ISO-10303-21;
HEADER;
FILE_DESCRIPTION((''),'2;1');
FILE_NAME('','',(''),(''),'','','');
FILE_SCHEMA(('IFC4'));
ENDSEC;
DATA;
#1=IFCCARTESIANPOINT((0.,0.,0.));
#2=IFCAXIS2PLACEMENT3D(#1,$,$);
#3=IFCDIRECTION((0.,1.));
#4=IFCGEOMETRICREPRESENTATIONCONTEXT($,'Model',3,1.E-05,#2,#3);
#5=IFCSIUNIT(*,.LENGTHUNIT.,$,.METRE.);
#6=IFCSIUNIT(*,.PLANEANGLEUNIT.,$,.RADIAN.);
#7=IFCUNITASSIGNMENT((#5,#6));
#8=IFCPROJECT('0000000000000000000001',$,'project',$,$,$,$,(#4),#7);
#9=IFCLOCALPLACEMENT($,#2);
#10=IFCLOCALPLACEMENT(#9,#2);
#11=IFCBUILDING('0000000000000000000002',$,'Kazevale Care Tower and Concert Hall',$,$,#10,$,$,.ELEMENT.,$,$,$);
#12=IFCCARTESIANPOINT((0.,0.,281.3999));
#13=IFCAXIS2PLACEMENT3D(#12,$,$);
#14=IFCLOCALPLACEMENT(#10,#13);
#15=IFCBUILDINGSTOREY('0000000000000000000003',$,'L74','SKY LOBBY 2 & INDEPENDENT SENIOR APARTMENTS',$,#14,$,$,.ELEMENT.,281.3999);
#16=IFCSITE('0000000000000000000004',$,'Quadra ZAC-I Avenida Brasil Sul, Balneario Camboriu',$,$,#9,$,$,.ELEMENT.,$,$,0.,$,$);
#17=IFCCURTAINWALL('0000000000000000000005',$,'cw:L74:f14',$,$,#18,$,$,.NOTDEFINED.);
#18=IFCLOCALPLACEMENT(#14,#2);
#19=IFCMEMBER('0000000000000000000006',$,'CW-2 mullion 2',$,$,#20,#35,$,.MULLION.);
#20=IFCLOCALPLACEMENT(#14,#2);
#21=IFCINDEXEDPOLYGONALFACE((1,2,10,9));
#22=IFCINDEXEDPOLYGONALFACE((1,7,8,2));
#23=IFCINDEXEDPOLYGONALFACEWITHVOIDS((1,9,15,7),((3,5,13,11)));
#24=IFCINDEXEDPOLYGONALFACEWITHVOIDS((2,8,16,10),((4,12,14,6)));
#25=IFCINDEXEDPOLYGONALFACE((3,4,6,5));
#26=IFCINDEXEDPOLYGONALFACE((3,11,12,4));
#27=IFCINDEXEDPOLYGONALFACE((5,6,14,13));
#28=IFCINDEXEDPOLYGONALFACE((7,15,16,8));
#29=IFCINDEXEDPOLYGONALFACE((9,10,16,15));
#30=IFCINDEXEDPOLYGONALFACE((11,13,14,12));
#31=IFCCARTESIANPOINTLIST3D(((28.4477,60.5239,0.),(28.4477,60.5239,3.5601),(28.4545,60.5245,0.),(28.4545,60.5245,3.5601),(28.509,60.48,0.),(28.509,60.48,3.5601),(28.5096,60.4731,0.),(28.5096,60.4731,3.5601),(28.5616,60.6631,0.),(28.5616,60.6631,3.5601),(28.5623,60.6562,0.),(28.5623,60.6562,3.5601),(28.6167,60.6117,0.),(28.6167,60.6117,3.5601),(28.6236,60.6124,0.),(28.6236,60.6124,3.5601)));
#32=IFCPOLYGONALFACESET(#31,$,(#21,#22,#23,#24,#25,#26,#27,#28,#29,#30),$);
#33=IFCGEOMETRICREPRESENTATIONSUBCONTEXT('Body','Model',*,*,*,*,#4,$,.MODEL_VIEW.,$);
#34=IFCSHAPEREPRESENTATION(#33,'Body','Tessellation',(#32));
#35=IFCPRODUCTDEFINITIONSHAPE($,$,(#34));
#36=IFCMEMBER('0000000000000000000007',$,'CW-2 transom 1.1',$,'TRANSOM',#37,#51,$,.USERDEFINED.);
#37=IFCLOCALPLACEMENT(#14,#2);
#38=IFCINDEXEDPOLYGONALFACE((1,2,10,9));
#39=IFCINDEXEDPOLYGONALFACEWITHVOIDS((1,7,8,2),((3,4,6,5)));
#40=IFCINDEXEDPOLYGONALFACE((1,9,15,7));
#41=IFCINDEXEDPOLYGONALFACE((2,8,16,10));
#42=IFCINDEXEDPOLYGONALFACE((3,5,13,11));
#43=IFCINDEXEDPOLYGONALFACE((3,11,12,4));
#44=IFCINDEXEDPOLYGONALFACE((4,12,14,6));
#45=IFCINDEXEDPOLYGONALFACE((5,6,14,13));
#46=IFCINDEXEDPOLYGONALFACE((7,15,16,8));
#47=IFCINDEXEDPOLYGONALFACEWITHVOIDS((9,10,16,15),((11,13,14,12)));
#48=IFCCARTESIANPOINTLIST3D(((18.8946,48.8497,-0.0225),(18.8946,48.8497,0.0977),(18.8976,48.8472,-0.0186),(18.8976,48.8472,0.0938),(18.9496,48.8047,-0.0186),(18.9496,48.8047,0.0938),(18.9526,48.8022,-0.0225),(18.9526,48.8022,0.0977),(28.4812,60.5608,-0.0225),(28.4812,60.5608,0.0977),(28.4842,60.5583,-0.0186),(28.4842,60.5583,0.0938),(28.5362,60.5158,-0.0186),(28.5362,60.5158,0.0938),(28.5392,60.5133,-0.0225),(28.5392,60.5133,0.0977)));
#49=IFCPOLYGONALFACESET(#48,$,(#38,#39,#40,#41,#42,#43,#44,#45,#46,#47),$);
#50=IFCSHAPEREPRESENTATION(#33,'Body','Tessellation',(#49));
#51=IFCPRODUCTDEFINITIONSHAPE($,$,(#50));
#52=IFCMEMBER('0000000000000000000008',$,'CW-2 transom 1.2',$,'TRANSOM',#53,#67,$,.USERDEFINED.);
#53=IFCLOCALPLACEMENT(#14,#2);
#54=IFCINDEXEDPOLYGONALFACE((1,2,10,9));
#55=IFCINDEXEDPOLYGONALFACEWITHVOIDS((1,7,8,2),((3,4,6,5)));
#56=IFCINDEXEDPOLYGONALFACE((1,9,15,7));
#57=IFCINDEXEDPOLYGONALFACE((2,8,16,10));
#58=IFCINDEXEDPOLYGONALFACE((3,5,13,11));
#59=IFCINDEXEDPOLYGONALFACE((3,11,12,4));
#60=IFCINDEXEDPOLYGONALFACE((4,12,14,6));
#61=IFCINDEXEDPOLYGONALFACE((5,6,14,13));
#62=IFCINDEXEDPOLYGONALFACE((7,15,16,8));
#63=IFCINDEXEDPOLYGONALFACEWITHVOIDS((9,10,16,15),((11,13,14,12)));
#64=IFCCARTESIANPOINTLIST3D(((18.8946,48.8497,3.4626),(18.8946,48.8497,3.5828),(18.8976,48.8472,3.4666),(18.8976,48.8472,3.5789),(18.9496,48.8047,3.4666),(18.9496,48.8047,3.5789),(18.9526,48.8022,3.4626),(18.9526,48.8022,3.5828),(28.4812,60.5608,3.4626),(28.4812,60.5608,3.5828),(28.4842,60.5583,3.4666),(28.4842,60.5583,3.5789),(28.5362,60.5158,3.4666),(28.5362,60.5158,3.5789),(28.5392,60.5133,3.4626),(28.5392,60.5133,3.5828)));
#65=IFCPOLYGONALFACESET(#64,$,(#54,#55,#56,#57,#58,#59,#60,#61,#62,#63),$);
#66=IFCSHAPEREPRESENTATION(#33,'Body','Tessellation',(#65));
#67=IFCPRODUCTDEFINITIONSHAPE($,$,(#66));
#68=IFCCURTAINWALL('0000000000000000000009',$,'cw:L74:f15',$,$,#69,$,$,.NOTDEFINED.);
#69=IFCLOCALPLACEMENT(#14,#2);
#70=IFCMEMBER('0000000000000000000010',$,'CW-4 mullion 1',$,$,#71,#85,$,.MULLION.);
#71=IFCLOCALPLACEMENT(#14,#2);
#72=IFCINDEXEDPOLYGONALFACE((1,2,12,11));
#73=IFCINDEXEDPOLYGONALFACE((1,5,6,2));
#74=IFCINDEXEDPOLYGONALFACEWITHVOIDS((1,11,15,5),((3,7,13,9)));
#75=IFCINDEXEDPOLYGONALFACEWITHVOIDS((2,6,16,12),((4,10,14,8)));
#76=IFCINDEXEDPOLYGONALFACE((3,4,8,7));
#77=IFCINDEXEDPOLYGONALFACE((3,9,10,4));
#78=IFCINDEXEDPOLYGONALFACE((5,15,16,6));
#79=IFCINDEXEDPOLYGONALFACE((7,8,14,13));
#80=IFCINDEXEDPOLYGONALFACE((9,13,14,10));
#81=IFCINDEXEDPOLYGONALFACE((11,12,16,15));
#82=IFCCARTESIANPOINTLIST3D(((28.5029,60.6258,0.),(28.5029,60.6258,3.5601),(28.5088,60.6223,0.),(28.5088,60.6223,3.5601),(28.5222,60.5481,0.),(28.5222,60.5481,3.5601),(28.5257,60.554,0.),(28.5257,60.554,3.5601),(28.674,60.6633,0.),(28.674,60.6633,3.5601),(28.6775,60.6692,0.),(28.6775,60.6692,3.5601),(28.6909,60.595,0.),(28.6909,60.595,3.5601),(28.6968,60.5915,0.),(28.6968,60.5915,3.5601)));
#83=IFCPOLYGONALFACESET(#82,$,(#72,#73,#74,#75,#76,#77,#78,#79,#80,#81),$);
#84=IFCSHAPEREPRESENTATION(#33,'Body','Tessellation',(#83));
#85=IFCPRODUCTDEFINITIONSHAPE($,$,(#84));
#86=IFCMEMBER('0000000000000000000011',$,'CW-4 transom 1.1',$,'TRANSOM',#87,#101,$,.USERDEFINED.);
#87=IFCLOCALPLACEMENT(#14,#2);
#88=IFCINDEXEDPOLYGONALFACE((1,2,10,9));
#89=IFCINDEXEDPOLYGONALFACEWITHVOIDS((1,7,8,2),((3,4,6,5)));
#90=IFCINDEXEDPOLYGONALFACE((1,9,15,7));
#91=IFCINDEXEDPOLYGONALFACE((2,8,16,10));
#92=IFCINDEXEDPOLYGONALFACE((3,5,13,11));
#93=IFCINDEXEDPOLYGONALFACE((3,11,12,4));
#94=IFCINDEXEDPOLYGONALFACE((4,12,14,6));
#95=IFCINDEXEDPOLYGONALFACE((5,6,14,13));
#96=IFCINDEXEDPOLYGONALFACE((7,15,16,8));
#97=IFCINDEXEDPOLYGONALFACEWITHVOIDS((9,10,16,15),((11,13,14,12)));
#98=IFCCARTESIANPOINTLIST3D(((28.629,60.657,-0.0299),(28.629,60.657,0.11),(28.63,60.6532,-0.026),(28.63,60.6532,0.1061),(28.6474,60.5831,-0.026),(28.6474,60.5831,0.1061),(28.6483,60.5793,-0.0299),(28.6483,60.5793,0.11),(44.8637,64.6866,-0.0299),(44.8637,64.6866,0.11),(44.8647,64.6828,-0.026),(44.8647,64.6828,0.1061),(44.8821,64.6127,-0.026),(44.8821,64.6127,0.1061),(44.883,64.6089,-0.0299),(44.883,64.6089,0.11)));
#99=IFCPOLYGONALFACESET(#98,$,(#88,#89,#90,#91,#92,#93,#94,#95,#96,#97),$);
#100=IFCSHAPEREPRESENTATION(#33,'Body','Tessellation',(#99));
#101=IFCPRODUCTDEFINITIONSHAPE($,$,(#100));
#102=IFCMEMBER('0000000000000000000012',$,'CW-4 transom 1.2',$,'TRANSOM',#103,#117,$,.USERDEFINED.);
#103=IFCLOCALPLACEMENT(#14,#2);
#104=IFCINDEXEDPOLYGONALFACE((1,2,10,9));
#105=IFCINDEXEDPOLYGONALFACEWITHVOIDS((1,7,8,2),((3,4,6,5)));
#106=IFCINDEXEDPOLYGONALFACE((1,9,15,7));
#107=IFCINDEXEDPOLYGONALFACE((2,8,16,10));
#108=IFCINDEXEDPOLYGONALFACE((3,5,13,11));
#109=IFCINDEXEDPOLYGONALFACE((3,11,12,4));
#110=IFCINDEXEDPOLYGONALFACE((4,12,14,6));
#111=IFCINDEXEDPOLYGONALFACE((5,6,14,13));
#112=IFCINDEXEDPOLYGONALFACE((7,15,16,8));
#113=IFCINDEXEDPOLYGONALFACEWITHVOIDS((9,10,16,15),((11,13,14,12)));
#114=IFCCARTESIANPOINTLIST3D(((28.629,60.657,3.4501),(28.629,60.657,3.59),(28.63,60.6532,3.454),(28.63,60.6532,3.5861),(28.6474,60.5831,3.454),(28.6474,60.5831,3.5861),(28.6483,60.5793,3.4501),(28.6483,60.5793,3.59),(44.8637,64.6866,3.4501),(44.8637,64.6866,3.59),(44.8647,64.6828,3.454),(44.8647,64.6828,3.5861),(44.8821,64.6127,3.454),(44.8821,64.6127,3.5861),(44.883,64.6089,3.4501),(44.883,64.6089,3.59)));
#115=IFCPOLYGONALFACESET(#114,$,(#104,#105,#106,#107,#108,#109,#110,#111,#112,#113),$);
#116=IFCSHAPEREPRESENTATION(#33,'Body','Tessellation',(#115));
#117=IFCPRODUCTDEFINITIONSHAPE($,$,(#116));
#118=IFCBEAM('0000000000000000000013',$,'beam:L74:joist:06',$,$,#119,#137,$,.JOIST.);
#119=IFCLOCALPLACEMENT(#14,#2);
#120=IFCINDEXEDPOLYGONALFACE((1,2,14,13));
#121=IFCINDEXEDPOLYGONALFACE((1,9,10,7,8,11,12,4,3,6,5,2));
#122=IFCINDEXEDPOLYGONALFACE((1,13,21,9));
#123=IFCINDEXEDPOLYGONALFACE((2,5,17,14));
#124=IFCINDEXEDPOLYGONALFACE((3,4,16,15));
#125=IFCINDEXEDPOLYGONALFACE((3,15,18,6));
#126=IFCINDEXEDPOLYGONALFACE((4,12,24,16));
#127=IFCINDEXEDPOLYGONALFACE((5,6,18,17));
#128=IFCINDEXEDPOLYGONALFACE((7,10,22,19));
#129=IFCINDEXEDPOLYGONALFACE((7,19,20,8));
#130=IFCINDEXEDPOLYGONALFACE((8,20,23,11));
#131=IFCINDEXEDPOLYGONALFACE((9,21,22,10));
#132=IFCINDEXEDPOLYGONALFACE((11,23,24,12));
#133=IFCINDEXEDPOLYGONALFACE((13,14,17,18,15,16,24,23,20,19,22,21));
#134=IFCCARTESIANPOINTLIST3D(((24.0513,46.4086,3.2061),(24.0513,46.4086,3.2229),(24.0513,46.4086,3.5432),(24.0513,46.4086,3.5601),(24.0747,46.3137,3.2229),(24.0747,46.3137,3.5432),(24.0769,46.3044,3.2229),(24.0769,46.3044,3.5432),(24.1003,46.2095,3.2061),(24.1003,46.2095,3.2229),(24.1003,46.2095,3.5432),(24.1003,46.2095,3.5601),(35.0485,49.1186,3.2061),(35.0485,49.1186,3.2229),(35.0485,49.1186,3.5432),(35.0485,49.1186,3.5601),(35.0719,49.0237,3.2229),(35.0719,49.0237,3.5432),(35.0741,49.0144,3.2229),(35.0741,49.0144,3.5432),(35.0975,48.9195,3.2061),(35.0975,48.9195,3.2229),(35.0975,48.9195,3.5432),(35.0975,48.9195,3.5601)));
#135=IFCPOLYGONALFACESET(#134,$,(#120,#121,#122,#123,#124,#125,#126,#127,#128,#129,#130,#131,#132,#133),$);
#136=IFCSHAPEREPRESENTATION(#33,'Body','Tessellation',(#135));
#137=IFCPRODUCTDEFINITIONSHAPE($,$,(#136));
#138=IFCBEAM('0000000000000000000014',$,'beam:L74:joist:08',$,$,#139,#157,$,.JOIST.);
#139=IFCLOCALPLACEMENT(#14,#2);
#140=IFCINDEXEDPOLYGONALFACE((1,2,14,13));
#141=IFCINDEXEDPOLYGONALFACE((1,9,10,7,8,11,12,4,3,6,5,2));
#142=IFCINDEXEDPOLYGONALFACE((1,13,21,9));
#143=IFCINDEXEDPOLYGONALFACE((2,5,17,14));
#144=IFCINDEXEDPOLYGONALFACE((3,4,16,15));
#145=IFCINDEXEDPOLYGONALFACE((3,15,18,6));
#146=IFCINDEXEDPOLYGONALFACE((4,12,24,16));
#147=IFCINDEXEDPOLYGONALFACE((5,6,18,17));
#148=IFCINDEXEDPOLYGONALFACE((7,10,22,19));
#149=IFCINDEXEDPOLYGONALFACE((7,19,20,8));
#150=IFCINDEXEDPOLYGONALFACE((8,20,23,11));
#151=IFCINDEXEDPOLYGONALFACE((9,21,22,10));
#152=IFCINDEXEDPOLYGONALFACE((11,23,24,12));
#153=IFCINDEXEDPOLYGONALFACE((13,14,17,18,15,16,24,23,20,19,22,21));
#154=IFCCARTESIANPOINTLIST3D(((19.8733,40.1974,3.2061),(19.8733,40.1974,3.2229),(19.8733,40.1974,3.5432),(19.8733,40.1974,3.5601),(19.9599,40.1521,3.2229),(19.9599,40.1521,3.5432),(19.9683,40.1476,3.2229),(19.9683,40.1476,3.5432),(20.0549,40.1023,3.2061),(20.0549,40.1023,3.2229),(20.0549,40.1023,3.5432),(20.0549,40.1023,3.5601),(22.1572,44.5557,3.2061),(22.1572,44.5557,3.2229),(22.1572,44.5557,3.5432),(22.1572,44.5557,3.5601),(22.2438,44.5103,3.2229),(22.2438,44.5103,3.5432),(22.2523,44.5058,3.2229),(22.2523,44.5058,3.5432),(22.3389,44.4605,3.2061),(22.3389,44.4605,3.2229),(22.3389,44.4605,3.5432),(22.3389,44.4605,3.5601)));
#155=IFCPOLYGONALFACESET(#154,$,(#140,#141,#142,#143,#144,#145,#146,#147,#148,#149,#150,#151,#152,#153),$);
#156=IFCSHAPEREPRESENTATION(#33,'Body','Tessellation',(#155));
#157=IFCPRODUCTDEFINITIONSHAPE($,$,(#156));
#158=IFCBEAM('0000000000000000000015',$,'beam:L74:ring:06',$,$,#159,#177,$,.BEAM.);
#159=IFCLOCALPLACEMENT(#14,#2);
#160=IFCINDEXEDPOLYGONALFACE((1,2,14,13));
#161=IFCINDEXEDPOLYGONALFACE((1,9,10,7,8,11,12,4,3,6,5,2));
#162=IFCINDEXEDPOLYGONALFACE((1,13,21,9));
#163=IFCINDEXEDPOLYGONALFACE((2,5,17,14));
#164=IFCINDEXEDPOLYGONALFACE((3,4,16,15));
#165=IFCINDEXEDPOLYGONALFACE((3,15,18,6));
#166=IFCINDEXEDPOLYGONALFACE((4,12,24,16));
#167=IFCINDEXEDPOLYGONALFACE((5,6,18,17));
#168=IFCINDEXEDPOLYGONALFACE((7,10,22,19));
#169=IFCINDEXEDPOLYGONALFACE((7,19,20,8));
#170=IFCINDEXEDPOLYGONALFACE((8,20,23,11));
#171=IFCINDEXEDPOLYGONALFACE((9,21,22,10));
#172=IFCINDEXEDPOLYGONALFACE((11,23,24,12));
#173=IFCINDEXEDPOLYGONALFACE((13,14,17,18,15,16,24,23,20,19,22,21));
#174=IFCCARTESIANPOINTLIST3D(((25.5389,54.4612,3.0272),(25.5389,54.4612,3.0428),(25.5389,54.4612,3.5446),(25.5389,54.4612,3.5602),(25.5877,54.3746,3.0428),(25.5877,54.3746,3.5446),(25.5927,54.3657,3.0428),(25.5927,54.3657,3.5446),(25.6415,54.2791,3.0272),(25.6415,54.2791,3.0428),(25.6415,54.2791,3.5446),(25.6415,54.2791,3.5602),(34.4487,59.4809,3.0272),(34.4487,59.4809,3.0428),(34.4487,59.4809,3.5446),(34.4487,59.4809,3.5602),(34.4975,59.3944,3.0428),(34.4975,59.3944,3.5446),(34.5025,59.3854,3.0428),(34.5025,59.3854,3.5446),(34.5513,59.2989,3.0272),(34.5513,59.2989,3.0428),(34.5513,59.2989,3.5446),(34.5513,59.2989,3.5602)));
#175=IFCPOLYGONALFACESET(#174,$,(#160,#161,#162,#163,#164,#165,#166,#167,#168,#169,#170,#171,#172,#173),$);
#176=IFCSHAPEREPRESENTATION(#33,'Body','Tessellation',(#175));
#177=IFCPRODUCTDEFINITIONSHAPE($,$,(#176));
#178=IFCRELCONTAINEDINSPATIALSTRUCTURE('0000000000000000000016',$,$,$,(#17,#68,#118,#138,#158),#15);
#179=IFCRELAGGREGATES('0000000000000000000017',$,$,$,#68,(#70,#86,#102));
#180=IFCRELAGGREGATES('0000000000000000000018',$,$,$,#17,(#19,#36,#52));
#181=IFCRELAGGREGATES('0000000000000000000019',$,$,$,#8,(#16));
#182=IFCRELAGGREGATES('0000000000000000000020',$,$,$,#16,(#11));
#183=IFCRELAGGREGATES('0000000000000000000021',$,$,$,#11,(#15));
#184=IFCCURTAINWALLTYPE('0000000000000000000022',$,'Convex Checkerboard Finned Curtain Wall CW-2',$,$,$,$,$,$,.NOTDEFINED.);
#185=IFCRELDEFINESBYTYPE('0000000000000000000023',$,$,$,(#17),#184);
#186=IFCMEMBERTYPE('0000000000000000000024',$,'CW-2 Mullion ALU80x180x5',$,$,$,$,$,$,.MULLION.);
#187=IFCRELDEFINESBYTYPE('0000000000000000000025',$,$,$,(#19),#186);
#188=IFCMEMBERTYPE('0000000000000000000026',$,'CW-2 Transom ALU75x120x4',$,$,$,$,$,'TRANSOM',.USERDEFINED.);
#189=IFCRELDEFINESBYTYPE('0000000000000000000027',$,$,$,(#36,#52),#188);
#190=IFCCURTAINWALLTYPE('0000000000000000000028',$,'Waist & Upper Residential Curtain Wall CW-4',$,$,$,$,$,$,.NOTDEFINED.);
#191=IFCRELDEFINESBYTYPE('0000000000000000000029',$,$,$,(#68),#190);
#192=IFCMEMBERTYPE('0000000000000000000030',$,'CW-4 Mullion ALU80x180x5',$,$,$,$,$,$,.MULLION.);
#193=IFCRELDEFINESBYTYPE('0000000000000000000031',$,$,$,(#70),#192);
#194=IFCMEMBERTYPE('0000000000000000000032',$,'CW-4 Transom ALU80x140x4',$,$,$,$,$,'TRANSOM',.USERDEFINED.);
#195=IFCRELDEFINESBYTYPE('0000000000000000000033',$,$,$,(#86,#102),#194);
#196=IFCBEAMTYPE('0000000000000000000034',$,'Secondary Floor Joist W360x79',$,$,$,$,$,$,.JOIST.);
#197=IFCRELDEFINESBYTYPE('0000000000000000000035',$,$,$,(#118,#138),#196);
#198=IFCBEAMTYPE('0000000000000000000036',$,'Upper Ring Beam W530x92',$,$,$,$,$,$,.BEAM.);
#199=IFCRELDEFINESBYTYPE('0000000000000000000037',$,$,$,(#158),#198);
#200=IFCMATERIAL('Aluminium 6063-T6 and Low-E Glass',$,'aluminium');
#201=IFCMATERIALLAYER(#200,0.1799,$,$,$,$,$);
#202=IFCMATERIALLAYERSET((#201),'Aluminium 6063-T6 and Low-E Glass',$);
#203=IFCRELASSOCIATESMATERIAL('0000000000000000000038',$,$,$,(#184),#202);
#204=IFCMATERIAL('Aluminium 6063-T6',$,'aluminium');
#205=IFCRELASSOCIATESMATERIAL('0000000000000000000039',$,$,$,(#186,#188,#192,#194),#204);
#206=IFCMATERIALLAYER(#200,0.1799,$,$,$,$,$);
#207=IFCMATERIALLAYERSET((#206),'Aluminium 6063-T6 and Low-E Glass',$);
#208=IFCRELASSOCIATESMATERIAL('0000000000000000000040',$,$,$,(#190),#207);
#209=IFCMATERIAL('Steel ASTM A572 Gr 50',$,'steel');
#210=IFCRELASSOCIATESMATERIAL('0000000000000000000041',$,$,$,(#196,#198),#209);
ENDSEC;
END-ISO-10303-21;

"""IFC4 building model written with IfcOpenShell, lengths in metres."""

from ifc_helpers import new_model, si_unit, direction, frame, origin, origin_2d, place, context, subcontext, project, spatial, hollow_rectangle, i_section, extrude, material, layer, layer_set, material_profile, profile_set, type_object, element, aggregate, save


model = new_model("IFC4")

# Units and contexts
model_context = context("Model", 3, precision=1e-05, world=origin(), true_north=direction((0.0, 1.0)))
body_context = subcontext(model_context, "Body", "Model", "MODEL_VIEW")
ifc_project = project(units=[si_unit("LENGTHUNIT", "METRE"), si_unit("PLANEANGLEUNIT", "RADIAN")], contexts=[model_context])

# Site, building, storey
site_placement = place(None, origin())
site = spatial("IfcSite", under=ifc_project, at=site_placement, Name="Quadra ZAC-I Avenida Brasil Sul, Balneario Camboriu", CompositionType="ELEMENT", RefElevation=0.0)
building_placement = place(site_placement, origin())
building = spatial("IfcBuilding", under=site, at=building_placement, Name="Kazevale Care Tower and Concert Hall", CompositionType="ELEMENT")
storey_placement = place(building_placement, frame((0.0, 0.0, 281.3999)))
storey = spatial("IfcBuildingStorey", under=building, at=storey_placement, Name="L74", Description="SKY LOBBY 2 & INDEPENDENT SENIOR APARTMENTS", CompositionType="ELEMENT", Elevation=281.3999)

# Curtain walls, members
ifc_material_1 = material(Name="Aluminium 6063-T6 and Low-E Glass", Category="aluminium")
ifc_layer_1 = layer(ifc_material_1, 0.1799)
ifc_layer_set_1 = layer_set([ifc_layer_1], Name="Aluminium 6063-T6 and Low-E Glass")
curtain_wall_type_1 = type_object("IfcCurtainWallType", Name="Convex Checkerboard Finned Curtain Wall CW-2", PredefinedType="NOTDEFINED", material=ifc_layer_set_1)
curtain_wall_1_placement = place(storey_placement, origin())
curtain_wall_1 = element("IfcCurtainWall", 1, at=curtain_wall_1_placement, inside=storey, type_object=curtain_wall_type_1, Name="cw:L74:f14", PredefinedType="NOTDEFINED")
ifc_material_2 = material(Name="Aluminium 6063-T6", Category="aluminium")
ifc_material_profile_1 = material_profile(ifc_material_2, hollow_rectangle(XDim=0.0801, YDim=0.1799, WallThickness=0.0049, at=origin_2d()), Name="ALU80x180x5")
ifc_profile_set_1 = profile_set([ifc_material_profile_1], Name="Aluminium 6063-T6")
member_type_1 = type_object("IfcMemberType", Name="CW-2 Mullion ALU80x180x5", PredefinedType="MULLION", material=ifc_profile_set_1)
member_1_placement = place(storey_placement, frame((28.5356, 60.5681, 0.0), z_axis=(0.0, 0.0, 1.0), x_axis=(-0.773803, 0.633426, 0.0)))
member_1 = element("IfcMember", 2, at=member_1_placement, type_object=member_type_1, Name="CW-2 mullion 2", PredefinedType="MULLION", context=body_context, shape_type="SweptSolid", body=[
    extrude(hollow_rectangle(XDim=0.0801, YDim=0.1799, WallThickness=0.0049, at=origin_2d()), origin(), (0.0, 0.0, 1.0), 3.5601),
])
ifc_material_profile_2 = material_profile(ifc_material_2, hollow_rectangle(XDim=0.075, YDim=0.1201, WallThickness=0.0039, at=origin_2d()), Name="ALU75x120x4")
ifc_profile_set_2 = profile_set([ifc_material_profile_2], Name="Aluminium 6063-T6")
member_type_2 = type_object("IfcMemberType", Name="CW-2 Transom ALU75x120x4", ElementType="TRANSOM", PredefinedType="USERDEFINED", material=ifc_profile_set_2)
member_2_placement = place(storey_placement, frame((18.9236, 48.8259, 0.0376), z_axis=(0.633428, 0.773802, 0.0), x_axis=(-0.773802, 0.633428, 0.0)))
member_2 = element("IfcMember", 3, at=member_2_placement, type_object=member_type_2, Name="CW-2 transom 1.1", ObjectType="TRANSOM", PredefinedType="USERDEFINED", context=body_context, shape_type="SweptSolid", body=[
    extrude(hollow_rectangle(XDim=0.075, YDim=0.1201, WallThickness=0.0039, at=origin_2d()), origin(), (0.0, 0.0, 1.0), 15.1345),
])
member_3_placement = place(storey_placement, frame((18.9236, 48.8259, 3.5227), z_axis=(0.633428, 0.773802, 0.0), x_axis=(-0.773802, 0.633428, 0.0)))
member_3 = element("IfcMember", 4, at=member_3_placement, type_object=member_type_2, Name="CW-2 transom 1.2", ObjectType="TRANSOM", PredefinedType="USERDEFINED", context=body_context, shape_type="SweptSolid", body=[
    extrude(hollow_rectangle(XDim=0.075, YDim=0.1201, WallThickness=0.0039, at=origin_2d()), origin(), (0.0, 0.0, 1.0), 15.1345),
])
ifc_layer_2 = layer(ifc_material_1, 0.1799)
ifc_layer_set_2 = layer_set([ifc_layer_2], Name="Aluminium 6063-T6 and Low-E Glass")
curtain_wall_type_2 = type_object("IfcCurtainWallType", Name="Waist & Upper Residential Curtain Wall CW-4", PredefinedType="NOTDEFINED", material=ifc_layer_set_2)
curtain_wall_2_placement = place(storey_placement, origin())
curtain_wall_2 = element("IfcCurtainWall", 5, at=curtain_wall_2_placement, inside=storey, type_object=curtain_wall_type_2, Name="cw:L74:f15", PredefinedType="NOTDEFINED")
ifc_material_profile_3 = material_profile(ifc_material_2, hollow_rectangle(XDim=0.0801, YDim=0.1799, WallThickness=0.0049, at=origin_2d()), Name="ALU80x180x5")
ifc_profile_set_3 = profile_set([ifc_material_profile_3], Name="Aluminium 6063-T6")
member_type_3 = type_object("IfcMemberType", Name="CW-4 Mullion ALU80x180x5", PredefinedType="MULLION", material=ifc_profile_set_3)
member_4_placement = place(storey_placement, frame((28.5999, 60.6086, 0.0), z_axis=(0.0, 0.0, 1.0), x_axis=(-0.240891, 0.970552, 0.0)))
member_4 = element("IfcMember", 6, at=member_4_placement, type_object=member_type_3, Name="CW-4 mullion 1", PredefinedType="MULLION", context=body_context, shape_type="SweptSolid", body=[
    extrude(hollow_rectangle(XDim=0.0801, YDim=0.1799, WallThickness=0.0049, at=origin_2d()), origin(), (0.0, 0.0, 1.0), 3.5601),
])
ifc_material_profile_4 = material_profile(ifc_material_2, hollow_rectangle(XDim=0.0801, YDim=0.1399, WallThickness=0.0039, at=origin_2d()), Name="ALU80x140x4")
ifc_profile_set_4 = profile_set([ifc_material_profile_4], Name="Aluminium 6063-T6")
member_type_4 = type_object("IfcMemberType", Name="CW-4 Transom ALU80x140x4", ElementType="TRANSOM", PredefinedType="USERDEFINED", material=ifc_profile_set_4)
member_5_placement = place(storey_placement, frame((28.6387, 60.6182, 0.04), z_axis=(0.970551, 0.240897, 0.0), x_axis=(-0.240897, 0.970551, 0.0)))
member_5 = element("IfcMember", 7, at=member_5_placement, type_object=member_type_4, Name="CW-4 transom 1.1", ObjectType="TRANSOM", PredefinedType="USERDEFINED", context=body_context, shape_type="SweptSolid", body=[
    extrude(hollow_rectangle(XDim=0.0801, YDim=0.1399, WallThickness=0.0039, at=origin_2d()), origin(), (0.0, 0.0, 1.0), 16.7273),
])
member_6_placement = place(storey_placement, frame((28.6387, 60.6182, 3.52), z_axis=(0.970551, 0.240897, 0.0), x_axis=(-0.240897, 0.970551, 0.0)))
member_6 = element("IfcMember", 8, at=member_6_placement, type_object=member_type_4, Name="CW-4 transom 1.2", ObjectType="TRANSOM", PredefinedType="USERDEFINED", context=body_context, shape_type="SweptSolid", body=[
    extrude(hollow_rectangle(XDim=0.0801, YDim=0.1399, WallThickness=0.0039, at=origin_2d()), origin(), (0.0, 0.0, 1.0), 16.7273),
])
aggregate(curtain_wall_2, [member_4, member_5, member_6])

# Beams
ifc_material_3 = material(Name="Steel ASTM A572 Gr 50", Category="steel")
ifc_material_profile_5 = material_profile(ifc_material_3, i_section(OverallWidth=0.2051, OverallDepth=0.354, WebThickness=0.0095, FlangeThickness=0.0168, at=origin_2d()), Name="W360x79")
ifc_profile_set_5 = profile_set([ifc_material_profile_5], Name="Steel ASTM A572 Gr 50")
beam_type_1 = type_object("IfcBeamType", Name="Secondary Floor Joist W360x79", PredefinedType="JOIST", material=ifc_profile_set_5)
beam_1_placement = place(storey_placement, frame((35.073, 49.019, 3.3831), z_axis=(-0.970954, -0.239268, 0.0), x_axis=(0.239268, -0.970954, 0.0)))
element("IfcBeam", 9, at=beam_1_placement, inside=storey, type_object=beam_type_1, Name="beam:L74:joist:06", PredefinedType="JOIST", context=body_context, shape_type="SweptSolid", body=[
    extrude(i_section(OverallWidth=0.2051, OverallDepth=0.354, WebThickness=0.0095, FlangeThickness=0.0168, at=origin_2d()), origin(), (0.0, 0.0, 1.0), 11.3262),
])
beam_2_placement = place(storey_placement, frame((22.248, 44.5081, 3.3831), z_axis=(-0.464181, -0.88574, 0.0), x_axis=(0.88574, -0.464181, 0.0)))
element("IfcBeam", 10, at=beam_2_placement, inside=storey, type_object=beam_type_1, Name="beam:L74:joist:08", PredefinedType="JOIST", context=body_context, shape_type="SweptSolid", body=[
    extrude(i_section(OverallWidth=0.2051, OverallDepth=0.354, WebThickness=0.0095, FlangeThickness=0.0168, at=origin_2d()), origin(), (0.0, 0.0, 1.0), 4.9204),
])
ifc_material_profile_6 = material_profile(ifc_material_3, i_section(OverallWidth=0.209, OverallDepth=0.533, WebThickness=0.0103, FlangeThickness=0.0156, at=origin_2d()), Name="W530x92")
ifc_profile_set_6 = profile_set([ifc_material_profile_6], Name="Steel ASTM A572 Gr 50")
beam_type_2 = type_object("IfcBeamType", Name="Upper Ring Beam W530x92", PredefinedType="BEAM", material=ifc_profile_set_6)
beam_3_placement = place(storey_placement, frame((34.5, 59.3899, 3.2937), z_axis=(-0.871243, -0.490852, 0.0), x_axis=(0.490852, -0.871243, 0.0)))
element("IfcBeam", 11, at=beam_3_placement, inside=storey, type_object=beam_type_2, Name="beam:L74:ring:06", PredefinedType="BEAM", context=body_context, shape_type="SweptSolid", body=[
    extrude(i_section(OverallWidth=0.209, OverallDepth=0.533, WebThickness=0.0103, FlangeThickness=0.0156, at=origin_2d()), origin(), (0.0, 0.0, 1.0), 10.2266),
])

aggregate(curtain_wall_1, [member_1, member_2, member_3])

save(model, "model.ifc")
